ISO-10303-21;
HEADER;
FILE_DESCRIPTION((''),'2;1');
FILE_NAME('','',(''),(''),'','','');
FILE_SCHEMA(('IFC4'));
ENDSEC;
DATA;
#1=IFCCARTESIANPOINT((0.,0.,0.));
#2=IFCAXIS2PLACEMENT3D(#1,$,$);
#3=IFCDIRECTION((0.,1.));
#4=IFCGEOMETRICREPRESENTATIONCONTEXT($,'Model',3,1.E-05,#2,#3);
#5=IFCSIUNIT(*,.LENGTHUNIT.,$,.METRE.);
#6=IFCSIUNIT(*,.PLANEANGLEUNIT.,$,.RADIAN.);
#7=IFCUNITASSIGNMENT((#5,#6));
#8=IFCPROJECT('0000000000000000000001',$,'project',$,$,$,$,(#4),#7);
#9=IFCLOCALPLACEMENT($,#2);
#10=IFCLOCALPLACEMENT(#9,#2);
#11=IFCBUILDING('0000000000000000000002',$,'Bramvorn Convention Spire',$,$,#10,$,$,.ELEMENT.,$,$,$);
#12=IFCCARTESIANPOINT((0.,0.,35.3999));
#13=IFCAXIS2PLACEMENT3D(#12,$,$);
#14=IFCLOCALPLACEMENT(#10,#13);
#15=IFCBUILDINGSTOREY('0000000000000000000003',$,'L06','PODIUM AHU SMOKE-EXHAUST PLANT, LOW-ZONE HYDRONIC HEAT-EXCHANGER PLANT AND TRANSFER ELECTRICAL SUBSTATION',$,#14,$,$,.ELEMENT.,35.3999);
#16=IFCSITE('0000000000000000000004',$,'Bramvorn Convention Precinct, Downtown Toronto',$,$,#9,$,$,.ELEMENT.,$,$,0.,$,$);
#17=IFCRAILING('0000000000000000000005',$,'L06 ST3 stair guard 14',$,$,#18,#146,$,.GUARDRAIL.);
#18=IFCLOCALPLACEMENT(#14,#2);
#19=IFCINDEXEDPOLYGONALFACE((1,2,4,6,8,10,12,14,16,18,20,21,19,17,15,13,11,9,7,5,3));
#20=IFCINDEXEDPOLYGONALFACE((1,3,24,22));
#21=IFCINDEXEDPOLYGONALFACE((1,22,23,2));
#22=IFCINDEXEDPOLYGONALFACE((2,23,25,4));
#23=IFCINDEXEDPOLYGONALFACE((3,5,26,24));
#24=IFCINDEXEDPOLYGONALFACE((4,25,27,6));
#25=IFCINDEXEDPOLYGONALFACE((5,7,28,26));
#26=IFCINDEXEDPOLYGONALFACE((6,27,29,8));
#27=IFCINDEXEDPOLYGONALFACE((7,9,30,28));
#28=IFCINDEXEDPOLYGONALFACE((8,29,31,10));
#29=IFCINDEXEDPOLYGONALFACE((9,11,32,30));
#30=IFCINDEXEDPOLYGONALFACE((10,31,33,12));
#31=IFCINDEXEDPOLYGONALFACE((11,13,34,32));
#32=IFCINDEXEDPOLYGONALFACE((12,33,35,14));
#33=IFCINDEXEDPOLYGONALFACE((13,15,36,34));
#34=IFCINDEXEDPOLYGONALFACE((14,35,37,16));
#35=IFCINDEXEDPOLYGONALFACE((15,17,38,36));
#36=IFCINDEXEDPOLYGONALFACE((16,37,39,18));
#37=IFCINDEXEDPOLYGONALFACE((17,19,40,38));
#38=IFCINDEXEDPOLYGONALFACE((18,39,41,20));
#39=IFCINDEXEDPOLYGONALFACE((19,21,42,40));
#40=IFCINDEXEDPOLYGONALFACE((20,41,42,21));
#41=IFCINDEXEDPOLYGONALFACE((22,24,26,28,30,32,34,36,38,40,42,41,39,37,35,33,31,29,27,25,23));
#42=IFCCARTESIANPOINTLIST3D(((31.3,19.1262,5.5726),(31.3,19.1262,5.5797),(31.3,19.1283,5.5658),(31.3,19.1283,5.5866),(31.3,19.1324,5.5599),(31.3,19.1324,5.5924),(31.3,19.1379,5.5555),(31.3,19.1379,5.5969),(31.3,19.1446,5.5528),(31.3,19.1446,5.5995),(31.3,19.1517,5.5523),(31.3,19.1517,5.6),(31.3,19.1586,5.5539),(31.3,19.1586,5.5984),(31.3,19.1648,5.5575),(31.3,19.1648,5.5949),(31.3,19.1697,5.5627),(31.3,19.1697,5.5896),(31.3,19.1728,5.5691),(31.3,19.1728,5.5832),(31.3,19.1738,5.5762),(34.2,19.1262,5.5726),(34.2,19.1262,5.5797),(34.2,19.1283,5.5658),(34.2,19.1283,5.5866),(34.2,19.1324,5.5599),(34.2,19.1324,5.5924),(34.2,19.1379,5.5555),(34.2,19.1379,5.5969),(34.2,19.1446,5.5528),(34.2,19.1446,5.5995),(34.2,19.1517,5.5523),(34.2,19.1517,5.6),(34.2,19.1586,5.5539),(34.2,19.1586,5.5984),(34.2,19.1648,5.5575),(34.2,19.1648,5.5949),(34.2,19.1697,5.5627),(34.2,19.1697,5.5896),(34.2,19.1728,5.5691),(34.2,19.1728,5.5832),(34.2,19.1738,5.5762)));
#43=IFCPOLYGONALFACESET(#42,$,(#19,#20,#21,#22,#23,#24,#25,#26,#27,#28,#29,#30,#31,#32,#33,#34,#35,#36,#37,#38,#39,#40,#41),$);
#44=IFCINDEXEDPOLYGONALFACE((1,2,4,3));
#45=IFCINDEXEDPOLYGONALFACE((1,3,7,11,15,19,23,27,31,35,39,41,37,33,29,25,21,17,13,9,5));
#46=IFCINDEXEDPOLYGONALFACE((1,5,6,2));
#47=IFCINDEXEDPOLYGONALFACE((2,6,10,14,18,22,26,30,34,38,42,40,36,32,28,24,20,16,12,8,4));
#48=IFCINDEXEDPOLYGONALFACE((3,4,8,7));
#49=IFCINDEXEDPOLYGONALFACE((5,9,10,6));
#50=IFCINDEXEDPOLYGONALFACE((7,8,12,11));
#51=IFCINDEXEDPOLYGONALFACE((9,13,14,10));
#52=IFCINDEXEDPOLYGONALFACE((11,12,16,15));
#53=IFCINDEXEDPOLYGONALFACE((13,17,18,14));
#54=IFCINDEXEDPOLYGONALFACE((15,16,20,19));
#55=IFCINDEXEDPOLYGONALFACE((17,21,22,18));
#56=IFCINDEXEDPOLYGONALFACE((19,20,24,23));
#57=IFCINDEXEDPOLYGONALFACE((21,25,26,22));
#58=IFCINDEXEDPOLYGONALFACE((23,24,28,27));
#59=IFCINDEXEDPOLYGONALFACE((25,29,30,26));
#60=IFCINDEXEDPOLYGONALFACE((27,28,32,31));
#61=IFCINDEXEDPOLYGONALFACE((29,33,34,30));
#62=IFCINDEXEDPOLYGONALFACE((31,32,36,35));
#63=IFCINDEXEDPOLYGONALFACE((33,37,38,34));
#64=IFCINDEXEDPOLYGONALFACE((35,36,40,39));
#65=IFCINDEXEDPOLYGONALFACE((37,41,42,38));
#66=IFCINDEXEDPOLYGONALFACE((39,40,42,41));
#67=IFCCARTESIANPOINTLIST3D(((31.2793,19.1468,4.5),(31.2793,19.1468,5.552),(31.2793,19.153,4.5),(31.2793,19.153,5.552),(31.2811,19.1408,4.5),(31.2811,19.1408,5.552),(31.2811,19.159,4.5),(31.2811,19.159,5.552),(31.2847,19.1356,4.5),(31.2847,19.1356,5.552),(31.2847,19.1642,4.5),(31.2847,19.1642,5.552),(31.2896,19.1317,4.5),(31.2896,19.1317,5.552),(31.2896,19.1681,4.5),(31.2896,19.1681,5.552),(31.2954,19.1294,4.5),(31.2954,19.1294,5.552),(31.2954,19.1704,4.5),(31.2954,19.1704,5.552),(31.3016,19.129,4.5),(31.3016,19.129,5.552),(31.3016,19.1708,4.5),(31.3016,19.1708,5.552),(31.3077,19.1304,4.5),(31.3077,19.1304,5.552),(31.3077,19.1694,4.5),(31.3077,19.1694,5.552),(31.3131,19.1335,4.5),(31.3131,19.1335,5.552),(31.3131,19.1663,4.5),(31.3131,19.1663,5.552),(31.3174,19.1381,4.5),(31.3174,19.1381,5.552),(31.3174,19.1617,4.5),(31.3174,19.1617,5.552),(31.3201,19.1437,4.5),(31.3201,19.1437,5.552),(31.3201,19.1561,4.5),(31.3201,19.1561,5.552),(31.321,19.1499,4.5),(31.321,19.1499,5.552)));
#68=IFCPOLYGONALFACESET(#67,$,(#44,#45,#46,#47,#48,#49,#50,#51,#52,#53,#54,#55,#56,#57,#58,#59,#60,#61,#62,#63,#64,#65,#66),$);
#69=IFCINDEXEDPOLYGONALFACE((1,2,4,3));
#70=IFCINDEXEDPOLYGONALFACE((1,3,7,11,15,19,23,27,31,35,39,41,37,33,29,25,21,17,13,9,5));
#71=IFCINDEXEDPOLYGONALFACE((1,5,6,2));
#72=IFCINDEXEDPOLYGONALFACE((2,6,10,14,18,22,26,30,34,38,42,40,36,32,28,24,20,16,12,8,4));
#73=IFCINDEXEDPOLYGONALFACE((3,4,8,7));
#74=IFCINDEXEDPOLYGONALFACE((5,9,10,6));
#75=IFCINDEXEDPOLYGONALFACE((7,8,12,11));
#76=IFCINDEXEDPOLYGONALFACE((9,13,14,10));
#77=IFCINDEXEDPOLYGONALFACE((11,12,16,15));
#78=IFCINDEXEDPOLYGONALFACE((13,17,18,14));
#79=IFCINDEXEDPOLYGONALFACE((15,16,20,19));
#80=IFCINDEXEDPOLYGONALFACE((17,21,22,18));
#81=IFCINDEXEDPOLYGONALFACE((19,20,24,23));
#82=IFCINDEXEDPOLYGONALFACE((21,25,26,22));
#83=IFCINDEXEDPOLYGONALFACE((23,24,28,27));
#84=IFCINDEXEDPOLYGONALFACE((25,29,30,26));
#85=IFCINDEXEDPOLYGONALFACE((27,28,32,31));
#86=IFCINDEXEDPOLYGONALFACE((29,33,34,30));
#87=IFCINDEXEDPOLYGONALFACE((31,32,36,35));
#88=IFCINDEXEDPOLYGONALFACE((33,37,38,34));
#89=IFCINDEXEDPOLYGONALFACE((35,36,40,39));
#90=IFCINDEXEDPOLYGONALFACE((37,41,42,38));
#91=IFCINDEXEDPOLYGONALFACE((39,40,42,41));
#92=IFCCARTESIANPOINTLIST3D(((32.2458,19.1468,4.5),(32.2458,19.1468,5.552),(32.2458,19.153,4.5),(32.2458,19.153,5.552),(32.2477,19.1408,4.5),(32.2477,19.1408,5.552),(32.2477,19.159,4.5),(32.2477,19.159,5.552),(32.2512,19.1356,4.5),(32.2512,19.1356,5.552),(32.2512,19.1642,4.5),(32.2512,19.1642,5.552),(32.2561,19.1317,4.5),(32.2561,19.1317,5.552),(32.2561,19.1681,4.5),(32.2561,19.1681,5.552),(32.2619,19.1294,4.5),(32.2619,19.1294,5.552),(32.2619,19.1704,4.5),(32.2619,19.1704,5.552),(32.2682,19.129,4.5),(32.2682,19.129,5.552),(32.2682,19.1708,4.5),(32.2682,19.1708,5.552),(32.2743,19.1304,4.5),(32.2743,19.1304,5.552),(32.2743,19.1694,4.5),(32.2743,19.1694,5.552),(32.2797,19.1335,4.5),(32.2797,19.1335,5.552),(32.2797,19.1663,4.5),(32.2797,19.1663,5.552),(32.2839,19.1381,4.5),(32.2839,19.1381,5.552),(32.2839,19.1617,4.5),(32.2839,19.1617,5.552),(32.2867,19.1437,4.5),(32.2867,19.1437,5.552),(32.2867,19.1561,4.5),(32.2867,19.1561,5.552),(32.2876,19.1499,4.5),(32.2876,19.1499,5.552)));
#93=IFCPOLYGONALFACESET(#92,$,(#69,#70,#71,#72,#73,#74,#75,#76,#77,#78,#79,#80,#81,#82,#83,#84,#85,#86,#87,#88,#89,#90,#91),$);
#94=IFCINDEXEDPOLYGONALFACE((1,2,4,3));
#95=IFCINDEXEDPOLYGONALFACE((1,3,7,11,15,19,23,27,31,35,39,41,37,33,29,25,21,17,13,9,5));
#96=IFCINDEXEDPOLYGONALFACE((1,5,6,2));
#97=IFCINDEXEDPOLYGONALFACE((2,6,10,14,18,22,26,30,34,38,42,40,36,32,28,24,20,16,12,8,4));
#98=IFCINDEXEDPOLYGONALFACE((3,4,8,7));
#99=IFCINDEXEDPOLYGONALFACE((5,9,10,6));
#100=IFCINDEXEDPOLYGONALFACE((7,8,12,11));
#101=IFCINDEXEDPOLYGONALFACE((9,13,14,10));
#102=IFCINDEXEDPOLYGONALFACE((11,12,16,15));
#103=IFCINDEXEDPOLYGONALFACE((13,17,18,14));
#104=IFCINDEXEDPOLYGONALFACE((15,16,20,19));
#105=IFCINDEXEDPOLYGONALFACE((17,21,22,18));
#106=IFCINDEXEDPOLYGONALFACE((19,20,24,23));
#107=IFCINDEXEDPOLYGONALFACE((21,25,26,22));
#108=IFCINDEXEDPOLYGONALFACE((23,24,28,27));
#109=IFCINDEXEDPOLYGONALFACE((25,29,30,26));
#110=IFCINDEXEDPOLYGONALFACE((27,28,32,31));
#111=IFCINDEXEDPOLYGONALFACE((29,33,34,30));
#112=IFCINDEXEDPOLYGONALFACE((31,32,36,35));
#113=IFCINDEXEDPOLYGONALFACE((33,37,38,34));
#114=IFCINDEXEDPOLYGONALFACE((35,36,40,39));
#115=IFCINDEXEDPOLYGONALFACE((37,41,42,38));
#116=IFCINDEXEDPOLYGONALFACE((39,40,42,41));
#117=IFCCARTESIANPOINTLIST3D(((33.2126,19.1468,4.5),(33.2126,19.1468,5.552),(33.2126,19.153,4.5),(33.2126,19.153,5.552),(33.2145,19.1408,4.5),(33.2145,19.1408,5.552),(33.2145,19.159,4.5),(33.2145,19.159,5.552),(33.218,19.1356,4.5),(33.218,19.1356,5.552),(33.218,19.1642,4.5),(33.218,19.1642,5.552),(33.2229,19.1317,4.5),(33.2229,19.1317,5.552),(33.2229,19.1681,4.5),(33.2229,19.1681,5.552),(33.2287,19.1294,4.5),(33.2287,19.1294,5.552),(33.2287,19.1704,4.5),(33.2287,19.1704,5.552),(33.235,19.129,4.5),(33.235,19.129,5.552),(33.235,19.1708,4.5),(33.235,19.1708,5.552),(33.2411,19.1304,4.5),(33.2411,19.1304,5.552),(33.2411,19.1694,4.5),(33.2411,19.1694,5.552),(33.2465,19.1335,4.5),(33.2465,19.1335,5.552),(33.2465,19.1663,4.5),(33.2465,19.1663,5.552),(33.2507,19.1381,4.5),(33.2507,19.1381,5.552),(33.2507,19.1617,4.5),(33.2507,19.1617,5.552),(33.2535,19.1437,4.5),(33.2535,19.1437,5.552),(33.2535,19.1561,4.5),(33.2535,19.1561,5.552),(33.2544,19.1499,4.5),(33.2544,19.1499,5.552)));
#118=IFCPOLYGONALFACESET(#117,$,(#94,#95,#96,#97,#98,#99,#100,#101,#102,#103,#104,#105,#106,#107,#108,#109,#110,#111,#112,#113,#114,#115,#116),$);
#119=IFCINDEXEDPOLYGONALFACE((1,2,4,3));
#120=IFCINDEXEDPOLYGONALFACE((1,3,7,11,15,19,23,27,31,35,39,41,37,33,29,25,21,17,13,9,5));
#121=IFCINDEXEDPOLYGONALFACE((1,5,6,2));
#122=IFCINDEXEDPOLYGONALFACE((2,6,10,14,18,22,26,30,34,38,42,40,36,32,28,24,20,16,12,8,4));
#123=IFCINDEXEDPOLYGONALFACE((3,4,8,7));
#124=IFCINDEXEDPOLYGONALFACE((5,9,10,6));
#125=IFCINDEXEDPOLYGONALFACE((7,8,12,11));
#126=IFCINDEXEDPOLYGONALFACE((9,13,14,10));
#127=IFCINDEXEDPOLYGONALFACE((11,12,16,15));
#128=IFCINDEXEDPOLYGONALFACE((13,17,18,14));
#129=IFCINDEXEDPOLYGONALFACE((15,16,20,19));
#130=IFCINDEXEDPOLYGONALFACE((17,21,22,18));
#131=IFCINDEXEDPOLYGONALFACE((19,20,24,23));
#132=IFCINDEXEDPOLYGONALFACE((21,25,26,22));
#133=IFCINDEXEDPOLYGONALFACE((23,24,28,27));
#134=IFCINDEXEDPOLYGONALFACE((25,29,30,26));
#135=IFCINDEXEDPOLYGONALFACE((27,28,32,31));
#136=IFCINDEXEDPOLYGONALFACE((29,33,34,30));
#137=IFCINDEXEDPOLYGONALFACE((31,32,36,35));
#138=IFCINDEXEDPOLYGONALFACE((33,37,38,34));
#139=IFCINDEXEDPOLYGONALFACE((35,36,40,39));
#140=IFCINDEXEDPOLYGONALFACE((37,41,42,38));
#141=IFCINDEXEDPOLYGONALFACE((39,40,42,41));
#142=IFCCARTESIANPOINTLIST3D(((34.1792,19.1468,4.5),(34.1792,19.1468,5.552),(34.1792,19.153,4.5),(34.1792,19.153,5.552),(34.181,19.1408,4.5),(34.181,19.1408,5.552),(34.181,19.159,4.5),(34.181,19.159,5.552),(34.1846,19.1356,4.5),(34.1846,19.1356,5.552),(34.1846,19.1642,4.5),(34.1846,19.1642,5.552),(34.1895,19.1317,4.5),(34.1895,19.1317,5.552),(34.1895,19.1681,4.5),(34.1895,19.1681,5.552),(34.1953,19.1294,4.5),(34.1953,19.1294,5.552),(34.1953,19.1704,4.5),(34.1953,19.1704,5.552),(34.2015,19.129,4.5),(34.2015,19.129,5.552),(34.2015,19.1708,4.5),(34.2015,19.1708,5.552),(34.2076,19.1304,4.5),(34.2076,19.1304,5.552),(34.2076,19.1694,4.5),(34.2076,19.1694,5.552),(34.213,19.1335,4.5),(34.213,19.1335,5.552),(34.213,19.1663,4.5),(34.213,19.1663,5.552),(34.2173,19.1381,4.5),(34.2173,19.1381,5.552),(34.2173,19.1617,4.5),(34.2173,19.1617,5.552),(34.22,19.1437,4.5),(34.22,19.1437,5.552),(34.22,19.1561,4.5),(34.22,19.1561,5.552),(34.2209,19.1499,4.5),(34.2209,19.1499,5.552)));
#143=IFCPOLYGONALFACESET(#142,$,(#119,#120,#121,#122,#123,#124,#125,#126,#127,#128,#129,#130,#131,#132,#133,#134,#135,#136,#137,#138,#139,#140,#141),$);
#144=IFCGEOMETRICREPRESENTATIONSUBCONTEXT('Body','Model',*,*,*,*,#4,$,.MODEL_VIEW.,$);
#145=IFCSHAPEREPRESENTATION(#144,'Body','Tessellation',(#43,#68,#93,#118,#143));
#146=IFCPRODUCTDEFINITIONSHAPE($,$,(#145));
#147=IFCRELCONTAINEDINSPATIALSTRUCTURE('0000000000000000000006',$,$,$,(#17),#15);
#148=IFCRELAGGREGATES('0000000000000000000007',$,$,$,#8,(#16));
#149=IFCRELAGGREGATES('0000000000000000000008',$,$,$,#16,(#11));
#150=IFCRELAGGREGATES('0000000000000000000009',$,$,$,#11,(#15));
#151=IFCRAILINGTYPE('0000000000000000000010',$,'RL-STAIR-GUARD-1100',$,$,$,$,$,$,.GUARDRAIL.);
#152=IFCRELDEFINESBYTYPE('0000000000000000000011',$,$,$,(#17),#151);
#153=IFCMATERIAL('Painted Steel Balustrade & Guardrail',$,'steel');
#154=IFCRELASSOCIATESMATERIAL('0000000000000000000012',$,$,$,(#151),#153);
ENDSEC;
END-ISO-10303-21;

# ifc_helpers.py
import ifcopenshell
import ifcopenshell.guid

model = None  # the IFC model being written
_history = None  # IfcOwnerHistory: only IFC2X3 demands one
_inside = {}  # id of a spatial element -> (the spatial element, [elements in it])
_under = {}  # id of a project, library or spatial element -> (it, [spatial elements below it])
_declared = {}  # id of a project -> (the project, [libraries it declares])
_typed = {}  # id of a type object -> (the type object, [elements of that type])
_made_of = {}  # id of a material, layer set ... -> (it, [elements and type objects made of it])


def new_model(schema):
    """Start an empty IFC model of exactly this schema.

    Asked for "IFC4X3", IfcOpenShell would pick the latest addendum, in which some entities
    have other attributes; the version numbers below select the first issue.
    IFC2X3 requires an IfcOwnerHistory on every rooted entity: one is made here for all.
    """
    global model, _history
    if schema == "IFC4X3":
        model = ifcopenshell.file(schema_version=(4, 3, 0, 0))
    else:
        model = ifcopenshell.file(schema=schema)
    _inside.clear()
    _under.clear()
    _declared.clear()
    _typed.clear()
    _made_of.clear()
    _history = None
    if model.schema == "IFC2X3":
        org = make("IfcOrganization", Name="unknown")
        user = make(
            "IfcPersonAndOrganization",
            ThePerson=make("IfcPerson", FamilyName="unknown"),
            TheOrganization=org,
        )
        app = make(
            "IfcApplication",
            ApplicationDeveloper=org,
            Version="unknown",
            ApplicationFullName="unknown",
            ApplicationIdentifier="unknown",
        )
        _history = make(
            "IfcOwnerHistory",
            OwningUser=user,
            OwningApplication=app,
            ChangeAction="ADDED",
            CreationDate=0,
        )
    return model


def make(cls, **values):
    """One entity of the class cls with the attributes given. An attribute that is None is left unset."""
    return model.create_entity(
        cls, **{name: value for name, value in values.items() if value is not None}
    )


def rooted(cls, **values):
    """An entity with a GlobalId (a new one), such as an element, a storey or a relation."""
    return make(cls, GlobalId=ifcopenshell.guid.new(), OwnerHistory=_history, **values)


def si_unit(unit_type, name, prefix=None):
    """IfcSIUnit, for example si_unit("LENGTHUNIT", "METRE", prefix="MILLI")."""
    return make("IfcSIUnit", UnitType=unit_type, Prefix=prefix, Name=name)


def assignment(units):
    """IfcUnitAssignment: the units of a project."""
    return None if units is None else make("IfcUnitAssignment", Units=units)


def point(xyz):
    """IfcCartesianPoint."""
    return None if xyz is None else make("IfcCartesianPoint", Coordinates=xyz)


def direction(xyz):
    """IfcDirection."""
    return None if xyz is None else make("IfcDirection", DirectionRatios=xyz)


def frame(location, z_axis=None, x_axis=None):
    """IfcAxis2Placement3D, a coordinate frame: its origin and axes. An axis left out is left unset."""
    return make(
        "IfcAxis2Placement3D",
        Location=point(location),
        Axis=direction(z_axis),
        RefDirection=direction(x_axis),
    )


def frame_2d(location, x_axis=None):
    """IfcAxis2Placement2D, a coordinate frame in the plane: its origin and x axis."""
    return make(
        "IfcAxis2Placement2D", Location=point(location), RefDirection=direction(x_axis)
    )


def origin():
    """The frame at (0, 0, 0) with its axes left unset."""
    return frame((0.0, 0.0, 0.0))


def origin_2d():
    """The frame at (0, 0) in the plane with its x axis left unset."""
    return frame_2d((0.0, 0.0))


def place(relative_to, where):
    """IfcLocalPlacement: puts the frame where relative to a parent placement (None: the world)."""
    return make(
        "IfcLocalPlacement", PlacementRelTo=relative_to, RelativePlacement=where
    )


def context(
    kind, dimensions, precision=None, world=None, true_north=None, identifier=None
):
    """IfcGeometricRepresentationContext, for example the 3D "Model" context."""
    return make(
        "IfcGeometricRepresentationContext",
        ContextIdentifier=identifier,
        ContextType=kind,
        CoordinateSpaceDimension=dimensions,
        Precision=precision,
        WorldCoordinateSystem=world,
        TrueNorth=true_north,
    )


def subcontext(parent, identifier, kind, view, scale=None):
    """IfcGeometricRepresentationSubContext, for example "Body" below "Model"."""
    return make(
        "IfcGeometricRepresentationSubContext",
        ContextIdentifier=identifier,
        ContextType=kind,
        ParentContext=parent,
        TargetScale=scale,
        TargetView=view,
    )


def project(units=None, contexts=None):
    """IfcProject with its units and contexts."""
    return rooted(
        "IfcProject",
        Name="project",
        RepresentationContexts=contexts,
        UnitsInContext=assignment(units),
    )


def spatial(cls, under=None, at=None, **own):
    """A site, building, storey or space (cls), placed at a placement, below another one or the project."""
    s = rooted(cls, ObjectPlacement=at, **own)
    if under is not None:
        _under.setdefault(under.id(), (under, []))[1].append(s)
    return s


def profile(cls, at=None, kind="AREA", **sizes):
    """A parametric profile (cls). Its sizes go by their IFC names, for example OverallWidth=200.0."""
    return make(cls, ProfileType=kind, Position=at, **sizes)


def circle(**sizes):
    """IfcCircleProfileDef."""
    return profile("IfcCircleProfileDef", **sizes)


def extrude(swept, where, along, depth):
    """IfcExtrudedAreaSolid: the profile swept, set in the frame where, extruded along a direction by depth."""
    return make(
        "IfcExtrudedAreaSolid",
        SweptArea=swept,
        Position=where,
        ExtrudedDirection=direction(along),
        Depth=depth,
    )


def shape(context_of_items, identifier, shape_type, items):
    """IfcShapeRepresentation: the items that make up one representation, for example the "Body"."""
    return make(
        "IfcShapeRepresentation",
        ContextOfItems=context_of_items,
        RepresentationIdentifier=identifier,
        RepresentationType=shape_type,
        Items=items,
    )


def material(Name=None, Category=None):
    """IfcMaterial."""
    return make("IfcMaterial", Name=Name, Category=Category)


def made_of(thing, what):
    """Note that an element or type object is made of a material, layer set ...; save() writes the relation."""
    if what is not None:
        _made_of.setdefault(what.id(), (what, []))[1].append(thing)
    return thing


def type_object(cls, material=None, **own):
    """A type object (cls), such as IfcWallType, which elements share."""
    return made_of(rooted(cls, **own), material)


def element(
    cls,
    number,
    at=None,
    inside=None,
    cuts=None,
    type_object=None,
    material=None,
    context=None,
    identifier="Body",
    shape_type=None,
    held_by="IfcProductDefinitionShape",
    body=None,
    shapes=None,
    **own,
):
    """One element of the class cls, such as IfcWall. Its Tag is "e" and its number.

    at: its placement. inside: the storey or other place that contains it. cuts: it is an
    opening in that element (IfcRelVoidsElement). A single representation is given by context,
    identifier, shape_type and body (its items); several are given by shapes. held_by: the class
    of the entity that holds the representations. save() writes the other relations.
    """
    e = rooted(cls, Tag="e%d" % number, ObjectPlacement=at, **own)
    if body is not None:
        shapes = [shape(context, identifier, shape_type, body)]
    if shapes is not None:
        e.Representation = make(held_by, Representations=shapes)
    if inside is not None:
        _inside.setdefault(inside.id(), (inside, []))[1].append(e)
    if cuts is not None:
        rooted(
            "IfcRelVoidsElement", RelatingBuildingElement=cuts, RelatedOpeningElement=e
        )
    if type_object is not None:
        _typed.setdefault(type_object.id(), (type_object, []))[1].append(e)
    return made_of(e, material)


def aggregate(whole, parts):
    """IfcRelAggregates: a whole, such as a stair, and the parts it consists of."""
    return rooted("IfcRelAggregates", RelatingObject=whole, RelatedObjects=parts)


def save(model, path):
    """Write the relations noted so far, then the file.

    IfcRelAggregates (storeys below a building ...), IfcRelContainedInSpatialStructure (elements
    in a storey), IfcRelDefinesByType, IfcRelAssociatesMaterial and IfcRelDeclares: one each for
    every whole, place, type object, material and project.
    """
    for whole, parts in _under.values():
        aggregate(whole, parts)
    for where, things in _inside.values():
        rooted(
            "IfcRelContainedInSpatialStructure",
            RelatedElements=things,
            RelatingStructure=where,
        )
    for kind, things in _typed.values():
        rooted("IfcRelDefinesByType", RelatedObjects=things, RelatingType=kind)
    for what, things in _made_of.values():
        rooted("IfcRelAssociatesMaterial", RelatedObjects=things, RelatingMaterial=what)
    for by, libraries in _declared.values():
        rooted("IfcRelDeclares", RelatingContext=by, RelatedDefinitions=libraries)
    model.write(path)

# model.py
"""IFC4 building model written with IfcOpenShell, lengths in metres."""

from ifc_helpers import new_model, si_unit, direction, frame, origin, origin_2d, place, context, subcontext, project, spatial, circle, extrude, material, type_object, element, save


model = new_model("IFC4")

# Units and contexts
model_context = context("Model", 3, precision=1e-05, world=origin(), true_north=direction((0.0, 1.0)))
body_context = subcontext(model_context, "Body", "Model", "MODEL_VIEW")
ifc_project = project(units=[si_unit("LENGTHUNIT", "METRE"), si_unit("PLANEANGLEUNIT", "RADIAN")], contexts=[model_context])

# Site, building, storey
site_placement = place(None, origin())
site = spatial("IfcSite", under=ifc_project, at=site_placement, Name="Bramvorn Convention Precinct, Downtown Toronto", CompositionType="ELEMENT", RefElevation=0.0)
building_placement = place(site_placement, origin())
building = spatial("IfcBuilding", under=site, at=building_placement, Name="Bramvorn Convention Spire", CompositionType="ELEMENT")
storey_placement = place(building_placement, frame((0.0, 0.0, 35.3999)))
storey = spatial("IfcBuildingStorey", under=building, at=storey_placement, Name="L06", Description="PODIUM AHU SMOKE-EXHAUST PLANT, LOW-ZONE HYDRONIC HEAT-EXCHANGER PLANT AND TRANSFER ELECTRICAL SUBSTATION", CompositionType="ELEMENT", Elevation=35.3999)

# Railing
ifc_material_1 = material(Name="Painted Steel Balustrade & Guardrail", Category="steel")
railing_type_1 = type_object("IfcRailingType", Name="RL-STAIR-GUARD-1100", PredefinedType="GUARDRAIL", material=ifc_material_1)
railing_1_placement = place(storey_placement, frame((31.3, 19.1499, 4.5)))
element("IfcRailing", 1, at=railing_1_placement, inside=storey, type_object=railing_type_1, Name="L06 ST3 stair guard 14", PredefinedType="GUARDRAIL", context=body_context, shape_type="SweptSolid", body=[
    extrude(circle(Radius=0.0239, at=origin_2d()), frame((0.0, 0.0, 1.0762), z_axis=(1.0, 0.0, 0.0), x_axis=(0.0, 1.0, 0.0)), (0.0, 0.0, 1.0), 2.8999),
    extrude(circle(Radius=0.021, at=origin_2d()), origin(), (0.0, 0.0, 1.0), 1.052),
    extrude(circle(Radius=0.021, at=origin_2d()), frame((0.9666, 0.0, 0.0)), (0.0, 0.0, 1.0), 1.052),
    extrude(circle(Radius=0.021, at=origin_2d()), frame((1.9333, 0.0, 0.0)), (0.0, 0.0, 1.0), 1.052),
    extrude(circle(Radius=0.021, at=origin_2d()), frame((2.8999, 0.0, 0.0)), (0.0, 0.0, 1.0), 1.052),
])

save(model, "model.ifc")
